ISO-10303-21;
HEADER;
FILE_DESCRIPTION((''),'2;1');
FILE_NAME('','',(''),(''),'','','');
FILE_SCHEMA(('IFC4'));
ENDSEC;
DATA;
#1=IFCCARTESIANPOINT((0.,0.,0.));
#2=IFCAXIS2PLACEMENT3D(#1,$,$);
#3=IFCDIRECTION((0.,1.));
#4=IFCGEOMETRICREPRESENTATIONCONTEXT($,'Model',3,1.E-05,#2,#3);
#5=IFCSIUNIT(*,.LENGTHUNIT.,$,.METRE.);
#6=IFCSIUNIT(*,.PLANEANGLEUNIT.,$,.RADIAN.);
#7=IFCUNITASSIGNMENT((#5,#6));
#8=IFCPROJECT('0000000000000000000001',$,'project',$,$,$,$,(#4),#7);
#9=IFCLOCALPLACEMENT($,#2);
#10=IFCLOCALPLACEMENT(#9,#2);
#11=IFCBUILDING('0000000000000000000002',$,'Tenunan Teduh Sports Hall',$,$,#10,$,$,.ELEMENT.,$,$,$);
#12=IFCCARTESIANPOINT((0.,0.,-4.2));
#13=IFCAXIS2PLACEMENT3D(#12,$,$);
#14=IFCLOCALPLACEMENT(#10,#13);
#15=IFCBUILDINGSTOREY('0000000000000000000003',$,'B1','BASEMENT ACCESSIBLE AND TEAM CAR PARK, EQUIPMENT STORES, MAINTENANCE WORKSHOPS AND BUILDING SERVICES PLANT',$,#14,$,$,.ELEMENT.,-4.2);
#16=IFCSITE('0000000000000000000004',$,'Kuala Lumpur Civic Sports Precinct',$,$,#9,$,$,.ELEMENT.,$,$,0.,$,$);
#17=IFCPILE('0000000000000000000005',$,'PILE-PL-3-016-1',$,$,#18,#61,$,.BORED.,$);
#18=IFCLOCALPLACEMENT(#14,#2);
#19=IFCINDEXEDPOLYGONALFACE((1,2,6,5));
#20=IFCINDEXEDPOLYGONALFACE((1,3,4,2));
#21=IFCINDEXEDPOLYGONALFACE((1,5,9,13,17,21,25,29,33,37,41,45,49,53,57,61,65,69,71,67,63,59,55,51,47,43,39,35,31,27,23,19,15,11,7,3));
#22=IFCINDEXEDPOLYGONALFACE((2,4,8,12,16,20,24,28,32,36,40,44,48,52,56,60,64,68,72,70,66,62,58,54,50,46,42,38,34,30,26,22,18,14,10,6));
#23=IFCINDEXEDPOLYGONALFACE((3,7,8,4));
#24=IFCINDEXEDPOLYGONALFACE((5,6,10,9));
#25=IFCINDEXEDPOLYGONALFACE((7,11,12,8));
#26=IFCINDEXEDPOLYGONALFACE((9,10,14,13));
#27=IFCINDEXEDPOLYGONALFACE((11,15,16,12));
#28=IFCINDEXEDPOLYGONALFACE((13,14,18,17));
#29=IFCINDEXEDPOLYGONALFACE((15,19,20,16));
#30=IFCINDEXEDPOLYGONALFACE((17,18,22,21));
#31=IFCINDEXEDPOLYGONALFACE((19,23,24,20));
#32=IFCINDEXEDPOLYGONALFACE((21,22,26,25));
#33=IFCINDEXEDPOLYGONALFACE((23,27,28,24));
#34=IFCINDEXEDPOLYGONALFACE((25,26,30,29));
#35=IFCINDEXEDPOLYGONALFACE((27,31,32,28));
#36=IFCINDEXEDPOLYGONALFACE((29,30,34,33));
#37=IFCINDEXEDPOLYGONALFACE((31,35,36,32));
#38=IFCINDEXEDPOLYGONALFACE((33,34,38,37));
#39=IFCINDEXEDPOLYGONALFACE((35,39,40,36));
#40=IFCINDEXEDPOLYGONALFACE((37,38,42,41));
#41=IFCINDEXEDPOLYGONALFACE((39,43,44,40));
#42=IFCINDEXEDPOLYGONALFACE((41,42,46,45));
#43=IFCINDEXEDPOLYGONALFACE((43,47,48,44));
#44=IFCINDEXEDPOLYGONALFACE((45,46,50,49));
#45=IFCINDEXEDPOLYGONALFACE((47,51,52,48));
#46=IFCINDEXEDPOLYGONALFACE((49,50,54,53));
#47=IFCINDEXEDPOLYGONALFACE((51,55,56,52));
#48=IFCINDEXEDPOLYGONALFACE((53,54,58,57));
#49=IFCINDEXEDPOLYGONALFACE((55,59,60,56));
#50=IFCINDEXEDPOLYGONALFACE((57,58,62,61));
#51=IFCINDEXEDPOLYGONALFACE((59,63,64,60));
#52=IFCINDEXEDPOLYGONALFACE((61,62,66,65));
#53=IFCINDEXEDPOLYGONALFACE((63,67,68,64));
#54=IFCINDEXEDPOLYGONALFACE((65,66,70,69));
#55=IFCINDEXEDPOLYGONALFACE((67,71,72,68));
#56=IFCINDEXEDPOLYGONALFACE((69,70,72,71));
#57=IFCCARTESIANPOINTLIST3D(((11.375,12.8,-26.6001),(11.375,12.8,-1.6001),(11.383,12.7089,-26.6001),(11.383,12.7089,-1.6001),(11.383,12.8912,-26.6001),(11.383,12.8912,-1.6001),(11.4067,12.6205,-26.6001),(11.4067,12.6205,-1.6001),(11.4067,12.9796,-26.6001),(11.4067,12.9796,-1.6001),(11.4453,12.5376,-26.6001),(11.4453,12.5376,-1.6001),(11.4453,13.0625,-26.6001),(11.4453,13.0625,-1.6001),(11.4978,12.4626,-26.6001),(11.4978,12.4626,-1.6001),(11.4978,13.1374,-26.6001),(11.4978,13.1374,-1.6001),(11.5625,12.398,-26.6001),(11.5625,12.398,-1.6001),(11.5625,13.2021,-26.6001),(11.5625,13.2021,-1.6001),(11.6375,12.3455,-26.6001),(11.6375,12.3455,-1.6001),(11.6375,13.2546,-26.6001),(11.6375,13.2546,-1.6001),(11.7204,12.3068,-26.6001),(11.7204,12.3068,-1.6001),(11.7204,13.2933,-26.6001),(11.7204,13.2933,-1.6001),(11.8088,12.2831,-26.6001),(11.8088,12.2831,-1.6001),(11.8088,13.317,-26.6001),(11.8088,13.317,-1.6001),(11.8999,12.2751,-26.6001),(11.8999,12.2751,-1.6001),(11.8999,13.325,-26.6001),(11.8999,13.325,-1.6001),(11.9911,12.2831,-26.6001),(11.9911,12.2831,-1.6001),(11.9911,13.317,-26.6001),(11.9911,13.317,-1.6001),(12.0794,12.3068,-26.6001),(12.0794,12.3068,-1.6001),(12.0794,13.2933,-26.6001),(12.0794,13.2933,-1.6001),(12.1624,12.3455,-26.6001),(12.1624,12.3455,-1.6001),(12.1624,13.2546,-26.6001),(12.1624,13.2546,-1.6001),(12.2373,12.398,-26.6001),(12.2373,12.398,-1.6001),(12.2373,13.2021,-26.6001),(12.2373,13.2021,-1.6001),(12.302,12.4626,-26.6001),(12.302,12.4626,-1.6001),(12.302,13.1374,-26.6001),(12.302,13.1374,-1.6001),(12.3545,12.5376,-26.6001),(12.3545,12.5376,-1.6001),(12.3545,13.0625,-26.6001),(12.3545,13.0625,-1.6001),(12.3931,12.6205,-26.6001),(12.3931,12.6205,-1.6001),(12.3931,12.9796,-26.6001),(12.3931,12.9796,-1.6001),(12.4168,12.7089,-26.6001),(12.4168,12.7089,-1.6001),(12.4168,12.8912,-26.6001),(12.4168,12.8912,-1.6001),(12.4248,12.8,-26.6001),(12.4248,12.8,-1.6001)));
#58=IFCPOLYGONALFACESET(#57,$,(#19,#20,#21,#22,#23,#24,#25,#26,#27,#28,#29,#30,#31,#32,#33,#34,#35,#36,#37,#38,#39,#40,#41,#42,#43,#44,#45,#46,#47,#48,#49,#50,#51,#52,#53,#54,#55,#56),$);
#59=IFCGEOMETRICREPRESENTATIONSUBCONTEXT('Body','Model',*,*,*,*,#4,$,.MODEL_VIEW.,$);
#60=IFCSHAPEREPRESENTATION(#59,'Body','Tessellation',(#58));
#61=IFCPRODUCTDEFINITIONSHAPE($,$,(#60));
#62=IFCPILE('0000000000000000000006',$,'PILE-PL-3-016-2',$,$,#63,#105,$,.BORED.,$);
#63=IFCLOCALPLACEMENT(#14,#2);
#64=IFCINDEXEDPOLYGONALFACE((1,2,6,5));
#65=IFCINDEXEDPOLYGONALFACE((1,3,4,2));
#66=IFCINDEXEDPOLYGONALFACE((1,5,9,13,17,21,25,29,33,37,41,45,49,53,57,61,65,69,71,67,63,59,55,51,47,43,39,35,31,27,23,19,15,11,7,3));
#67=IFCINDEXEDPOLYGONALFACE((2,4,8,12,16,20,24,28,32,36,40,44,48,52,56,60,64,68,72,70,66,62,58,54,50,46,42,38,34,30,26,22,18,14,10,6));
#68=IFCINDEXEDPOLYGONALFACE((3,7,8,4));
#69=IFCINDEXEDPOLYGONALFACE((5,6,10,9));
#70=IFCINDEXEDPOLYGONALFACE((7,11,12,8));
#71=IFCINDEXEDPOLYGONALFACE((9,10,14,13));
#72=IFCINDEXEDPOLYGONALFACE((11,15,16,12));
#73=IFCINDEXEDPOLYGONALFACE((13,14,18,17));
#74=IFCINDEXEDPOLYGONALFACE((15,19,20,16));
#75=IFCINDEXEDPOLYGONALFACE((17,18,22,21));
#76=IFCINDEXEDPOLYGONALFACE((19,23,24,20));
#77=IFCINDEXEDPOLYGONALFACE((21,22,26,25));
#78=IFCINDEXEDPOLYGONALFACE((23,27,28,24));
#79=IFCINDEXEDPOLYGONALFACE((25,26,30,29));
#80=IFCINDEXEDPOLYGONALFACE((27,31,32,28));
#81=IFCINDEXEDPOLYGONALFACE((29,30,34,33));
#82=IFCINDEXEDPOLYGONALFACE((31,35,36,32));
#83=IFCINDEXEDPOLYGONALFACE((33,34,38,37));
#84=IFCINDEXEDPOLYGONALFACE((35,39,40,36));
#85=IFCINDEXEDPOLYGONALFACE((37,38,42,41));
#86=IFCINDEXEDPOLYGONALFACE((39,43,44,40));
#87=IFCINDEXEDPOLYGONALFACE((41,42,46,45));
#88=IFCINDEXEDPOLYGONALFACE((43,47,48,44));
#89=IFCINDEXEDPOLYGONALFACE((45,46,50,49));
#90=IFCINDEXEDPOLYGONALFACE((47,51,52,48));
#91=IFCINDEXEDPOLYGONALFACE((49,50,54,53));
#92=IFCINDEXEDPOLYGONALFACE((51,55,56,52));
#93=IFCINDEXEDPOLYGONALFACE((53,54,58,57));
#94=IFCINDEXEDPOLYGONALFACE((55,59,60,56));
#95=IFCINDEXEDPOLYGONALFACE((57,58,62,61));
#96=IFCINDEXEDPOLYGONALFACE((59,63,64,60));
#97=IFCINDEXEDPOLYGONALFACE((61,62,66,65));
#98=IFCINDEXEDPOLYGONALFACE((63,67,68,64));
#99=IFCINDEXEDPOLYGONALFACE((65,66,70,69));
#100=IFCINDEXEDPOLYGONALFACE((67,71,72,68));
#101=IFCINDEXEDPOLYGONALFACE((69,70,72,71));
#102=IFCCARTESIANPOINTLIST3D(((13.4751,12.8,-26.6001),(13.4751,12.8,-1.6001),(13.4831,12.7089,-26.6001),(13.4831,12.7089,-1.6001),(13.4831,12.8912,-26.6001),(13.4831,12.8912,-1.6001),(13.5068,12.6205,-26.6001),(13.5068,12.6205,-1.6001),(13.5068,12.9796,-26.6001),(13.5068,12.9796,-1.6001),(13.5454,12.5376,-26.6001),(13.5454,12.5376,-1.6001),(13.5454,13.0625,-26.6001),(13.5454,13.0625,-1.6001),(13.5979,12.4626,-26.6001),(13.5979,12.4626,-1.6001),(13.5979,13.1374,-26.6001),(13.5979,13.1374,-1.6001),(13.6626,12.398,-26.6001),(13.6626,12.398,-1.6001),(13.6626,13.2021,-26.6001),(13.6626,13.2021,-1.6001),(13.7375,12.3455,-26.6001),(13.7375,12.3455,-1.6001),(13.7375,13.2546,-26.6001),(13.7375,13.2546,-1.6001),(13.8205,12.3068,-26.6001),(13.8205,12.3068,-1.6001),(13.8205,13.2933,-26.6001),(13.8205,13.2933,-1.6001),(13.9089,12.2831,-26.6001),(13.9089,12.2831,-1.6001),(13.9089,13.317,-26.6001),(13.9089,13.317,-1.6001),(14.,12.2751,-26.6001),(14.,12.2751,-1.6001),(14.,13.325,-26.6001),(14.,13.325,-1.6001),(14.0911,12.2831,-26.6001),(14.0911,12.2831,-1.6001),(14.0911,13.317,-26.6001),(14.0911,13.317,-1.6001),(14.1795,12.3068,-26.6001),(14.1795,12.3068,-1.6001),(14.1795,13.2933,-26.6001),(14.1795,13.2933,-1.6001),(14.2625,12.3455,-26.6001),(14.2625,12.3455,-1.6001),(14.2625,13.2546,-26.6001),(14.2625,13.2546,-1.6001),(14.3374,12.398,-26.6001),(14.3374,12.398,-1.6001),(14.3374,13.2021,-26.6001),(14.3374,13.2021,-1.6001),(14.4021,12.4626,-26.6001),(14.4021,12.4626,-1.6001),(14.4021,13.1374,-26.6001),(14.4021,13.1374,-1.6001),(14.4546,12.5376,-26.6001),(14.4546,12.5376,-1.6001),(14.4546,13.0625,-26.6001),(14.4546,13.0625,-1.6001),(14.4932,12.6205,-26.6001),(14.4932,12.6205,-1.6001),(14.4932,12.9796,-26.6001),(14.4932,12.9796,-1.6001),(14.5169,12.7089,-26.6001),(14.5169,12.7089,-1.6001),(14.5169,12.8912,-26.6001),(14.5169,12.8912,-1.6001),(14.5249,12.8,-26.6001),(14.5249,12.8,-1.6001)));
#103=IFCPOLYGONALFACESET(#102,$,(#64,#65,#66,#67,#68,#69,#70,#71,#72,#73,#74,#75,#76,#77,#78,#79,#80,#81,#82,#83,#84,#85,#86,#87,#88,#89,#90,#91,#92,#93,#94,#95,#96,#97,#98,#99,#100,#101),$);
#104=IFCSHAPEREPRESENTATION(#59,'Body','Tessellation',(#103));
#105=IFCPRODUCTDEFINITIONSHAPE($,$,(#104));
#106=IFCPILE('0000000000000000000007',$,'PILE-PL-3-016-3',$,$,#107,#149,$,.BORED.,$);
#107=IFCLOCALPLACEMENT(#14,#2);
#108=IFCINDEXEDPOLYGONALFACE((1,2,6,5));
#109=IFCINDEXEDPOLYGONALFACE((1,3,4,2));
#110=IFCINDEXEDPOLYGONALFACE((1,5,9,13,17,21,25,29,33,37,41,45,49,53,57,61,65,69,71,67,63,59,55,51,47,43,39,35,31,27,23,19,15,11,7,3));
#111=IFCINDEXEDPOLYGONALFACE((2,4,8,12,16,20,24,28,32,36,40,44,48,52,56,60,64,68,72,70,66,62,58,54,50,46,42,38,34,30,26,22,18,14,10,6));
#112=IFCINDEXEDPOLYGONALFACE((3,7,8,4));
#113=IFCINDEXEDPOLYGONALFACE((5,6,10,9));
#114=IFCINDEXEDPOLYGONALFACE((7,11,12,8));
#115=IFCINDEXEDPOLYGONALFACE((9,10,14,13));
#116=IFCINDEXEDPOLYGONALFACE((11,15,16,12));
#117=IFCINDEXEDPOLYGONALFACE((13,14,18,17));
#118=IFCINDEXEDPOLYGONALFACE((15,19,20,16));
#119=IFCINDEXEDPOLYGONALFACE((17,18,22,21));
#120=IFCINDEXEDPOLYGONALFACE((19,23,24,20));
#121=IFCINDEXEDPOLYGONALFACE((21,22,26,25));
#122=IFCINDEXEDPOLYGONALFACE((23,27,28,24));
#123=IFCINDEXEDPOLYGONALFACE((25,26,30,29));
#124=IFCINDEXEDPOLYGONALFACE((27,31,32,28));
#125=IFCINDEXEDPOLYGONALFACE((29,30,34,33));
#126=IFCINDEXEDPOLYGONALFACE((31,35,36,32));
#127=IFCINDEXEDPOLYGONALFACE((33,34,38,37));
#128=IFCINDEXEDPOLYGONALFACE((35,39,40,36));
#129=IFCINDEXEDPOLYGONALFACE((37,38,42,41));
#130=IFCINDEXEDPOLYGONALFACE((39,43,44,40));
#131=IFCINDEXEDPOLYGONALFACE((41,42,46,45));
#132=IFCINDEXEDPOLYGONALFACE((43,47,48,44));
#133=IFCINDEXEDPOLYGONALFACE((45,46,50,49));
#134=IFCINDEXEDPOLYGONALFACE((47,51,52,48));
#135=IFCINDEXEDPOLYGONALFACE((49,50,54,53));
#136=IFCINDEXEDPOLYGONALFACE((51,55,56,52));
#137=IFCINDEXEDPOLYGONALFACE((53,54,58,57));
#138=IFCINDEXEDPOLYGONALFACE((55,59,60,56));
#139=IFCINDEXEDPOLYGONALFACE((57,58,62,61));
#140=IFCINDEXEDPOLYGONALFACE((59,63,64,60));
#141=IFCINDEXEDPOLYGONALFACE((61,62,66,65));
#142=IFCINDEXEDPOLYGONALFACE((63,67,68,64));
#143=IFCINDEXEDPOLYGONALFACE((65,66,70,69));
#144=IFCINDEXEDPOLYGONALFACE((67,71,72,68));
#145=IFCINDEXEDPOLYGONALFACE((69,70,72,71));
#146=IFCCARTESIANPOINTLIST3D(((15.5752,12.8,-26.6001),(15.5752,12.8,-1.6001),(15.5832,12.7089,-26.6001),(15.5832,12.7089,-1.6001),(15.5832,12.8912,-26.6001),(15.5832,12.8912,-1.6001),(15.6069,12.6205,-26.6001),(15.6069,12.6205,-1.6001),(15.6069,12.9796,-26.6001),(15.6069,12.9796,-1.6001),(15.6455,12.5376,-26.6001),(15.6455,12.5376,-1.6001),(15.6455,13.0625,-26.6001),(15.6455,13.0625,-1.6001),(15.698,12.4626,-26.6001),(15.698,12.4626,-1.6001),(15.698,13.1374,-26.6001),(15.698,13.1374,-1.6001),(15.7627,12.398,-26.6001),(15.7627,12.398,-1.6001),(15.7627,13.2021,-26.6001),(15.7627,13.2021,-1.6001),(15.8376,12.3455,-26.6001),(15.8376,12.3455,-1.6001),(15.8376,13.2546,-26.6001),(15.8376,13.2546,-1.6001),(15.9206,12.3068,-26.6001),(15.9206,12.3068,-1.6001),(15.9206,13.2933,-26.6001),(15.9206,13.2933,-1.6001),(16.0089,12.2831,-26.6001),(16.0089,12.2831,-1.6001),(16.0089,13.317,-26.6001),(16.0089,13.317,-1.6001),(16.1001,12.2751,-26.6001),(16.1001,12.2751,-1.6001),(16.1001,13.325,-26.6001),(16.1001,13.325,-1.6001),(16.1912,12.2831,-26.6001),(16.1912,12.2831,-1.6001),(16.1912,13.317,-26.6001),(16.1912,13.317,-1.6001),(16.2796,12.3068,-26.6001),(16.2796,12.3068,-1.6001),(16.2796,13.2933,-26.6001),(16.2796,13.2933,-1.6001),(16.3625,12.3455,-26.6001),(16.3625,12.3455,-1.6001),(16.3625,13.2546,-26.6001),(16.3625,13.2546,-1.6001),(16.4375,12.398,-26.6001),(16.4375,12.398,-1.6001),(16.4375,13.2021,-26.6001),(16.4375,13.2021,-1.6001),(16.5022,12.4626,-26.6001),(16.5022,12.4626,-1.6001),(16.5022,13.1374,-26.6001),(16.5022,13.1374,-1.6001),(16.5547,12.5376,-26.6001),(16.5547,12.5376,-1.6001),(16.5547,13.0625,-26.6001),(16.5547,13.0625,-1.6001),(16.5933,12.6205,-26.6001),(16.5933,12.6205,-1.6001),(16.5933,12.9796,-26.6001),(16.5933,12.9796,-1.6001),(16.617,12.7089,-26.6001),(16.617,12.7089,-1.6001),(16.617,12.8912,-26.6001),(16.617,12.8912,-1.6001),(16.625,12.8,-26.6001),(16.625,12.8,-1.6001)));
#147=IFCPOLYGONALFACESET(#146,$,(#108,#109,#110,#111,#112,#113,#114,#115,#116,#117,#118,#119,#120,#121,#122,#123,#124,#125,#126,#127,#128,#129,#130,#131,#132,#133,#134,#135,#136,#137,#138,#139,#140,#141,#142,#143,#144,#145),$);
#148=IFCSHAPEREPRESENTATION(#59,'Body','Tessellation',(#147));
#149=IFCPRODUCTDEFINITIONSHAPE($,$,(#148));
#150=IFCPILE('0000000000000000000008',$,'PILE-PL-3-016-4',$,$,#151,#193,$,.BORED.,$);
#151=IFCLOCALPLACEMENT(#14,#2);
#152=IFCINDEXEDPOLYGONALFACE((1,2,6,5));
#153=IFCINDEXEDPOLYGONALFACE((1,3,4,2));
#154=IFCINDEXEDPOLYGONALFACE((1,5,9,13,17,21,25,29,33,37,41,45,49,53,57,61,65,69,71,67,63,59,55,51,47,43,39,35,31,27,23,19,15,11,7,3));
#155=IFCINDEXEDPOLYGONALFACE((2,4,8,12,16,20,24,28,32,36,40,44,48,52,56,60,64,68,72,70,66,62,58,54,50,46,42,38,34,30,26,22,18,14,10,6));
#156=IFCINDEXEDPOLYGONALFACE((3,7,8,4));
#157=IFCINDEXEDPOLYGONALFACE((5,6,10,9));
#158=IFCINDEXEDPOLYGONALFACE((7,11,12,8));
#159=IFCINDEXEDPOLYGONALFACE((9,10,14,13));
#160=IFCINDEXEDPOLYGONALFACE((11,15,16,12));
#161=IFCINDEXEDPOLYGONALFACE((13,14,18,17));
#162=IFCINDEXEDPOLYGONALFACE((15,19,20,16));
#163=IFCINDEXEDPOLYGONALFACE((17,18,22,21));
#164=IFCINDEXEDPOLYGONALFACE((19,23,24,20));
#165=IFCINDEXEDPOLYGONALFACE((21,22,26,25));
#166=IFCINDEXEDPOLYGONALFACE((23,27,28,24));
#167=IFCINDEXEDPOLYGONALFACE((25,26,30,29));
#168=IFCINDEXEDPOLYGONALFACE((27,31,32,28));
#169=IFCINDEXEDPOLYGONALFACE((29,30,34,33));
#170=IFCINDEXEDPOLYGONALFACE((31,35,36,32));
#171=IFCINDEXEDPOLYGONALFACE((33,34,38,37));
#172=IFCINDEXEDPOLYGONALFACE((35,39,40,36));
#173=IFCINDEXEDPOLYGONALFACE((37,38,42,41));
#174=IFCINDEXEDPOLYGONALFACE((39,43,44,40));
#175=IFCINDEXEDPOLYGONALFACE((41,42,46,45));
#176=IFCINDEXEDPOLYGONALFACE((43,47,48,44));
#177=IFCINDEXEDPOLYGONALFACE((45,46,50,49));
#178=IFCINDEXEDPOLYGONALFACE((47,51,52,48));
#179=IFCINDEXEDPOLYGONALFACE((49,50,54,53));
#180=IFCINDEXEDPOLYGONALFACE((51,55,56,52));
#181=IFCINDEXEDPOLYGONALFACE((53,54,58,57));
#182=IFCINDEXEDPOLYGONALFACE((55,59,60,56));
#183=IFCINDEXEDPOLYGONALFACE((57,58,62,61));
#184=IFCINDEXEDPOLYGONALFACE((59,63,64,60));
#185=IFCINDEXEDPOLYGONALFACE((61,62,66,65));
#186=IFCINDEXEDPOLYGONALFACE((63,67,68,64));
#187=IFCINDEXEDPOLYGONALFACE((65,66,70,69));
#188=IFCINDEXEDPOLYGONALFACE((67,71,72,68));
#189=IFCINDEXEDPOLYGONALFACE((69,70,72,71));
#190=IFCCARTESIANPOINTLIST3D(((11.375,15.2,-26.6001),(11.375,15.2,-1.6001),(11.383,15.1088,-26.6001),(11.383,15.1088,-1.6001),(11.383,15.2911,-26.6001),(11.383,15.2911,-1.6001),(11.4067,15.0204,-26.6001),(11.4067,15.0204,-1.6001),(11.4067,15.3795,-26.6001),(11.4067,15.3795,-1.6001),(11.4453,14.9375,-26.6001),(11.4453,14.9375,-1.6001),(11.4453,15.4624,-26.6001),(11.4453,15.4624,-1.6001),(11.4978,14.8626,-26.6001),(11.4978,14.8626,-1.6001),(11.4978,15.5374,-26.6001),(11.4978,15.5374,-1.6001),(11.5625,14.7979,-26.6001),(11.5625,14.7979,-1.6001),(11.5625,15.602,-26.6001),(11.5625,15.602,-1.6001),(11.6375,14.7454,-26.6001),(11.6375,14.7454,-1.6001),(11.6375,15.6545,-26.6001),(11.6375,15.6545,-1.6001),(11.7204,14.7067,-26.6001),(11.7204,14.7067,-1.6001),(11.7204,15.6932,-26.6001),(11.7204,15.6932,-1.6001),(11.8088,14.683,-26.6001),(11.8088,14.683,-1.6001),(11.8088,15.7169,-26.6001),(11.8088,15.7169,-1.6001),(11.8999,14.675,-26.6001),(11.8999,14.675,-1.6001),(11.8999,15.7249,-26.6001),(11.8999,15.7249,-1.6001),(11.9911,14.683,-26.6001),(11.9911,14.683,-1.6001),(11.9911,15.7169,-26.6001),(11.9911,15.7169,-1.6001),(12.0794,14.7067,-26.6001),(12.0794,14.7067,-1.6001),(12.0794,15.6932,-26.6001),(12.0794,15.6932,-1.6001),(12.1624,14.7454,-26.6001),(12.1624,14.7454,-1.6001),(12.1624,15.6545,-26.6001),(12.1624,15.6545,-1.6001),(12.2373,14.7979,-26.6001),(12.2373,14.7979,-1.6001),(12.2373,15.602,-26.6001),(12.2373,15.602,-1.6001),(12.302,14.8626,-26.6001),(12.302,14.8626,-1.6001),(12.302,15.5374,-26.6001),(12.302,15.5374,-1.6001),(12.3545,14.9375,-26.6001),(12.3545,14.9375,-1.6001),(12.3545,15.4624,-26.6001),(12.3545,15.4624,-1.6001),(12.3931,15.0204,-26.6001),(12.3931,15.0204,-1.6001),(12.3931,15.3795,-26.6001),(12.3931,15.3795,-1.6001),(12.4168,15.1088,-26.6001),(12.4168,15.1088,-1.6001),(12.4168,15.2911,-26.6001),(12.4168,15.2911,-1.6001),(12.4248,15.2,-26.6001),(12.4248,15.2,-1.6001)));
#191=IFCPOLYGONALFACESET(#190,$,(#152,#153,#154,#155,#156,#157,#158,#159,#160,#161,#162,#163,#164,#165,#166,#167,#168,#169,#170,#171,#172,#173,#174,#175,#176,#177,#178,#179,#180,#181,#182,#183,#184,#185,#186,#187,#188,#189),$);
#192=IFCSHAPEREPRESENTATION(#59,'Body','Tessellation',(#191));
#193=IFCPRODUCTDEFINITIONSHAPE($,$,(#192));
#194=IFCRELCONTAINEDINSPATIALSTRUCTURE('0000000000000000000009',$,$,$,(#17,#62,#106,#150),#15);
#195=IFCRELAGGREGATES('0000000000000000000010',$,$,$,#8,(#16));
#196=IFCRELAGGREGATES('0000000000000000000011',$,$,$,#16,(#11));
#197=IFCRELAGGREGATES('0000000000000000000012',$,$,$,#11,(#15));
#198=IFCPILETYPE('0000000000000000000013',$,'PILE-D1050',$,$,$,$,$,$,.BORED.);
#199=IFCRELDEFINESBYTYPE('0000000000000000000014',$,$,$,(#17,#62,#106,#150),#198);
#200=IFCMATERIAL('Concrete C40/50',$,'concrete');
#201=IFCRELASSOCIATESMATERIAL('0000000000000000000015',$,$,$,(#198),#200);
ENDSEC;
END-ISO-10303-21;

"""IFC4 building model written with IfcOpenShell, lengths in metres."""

from ifc_helpers import new_model, si_unit, direction, frame, origin, origin_2d, place, context, subcontext, project, spatial, circle, extrude, material, material_profile, profile_set, type_object, element, save


model = new_model("IFC4")

# Units and contexts
model_context = context("Model", 3, precision=1e-05, world=origin(), true_north=direction((0.0, 1.0)))
body_context = subcontext(model_context, "Body", "Model", "MODEL_VIEW")
ifc_project = project(units=[si_unit("LENGTHUNIT", "METRE"), si_unit("PLANEANGLEUNIT", "RADIAN")], contexts=[model_context])

# Site, building, storey
site_placement = place(None, origin())
site = spatial("IfcSite", under=ifc_project, at=site_placement, Name="Kuala Lumpur Civic Sports Precinct", CompositionType="ELEMENT", RefElevation=0.0)
building_placement = place(site_placement, origin())
building = spatial("IfcBuilding", under=site, at=building_placement, Name="Tenunan Teduh Sports Hall", CompositionType="ELEMENT")
storey_placement = place(building_placement, frame((0.0, 0.0, -4.2)))
storey = spatial("IfcBuildingStorey", under=building, at=storey_placement, Name="B1", Description="BASEMENT ACCESSIBLE AND TEAM CAR PARK, EQUIPMENT STORES, MAINTENANCE WORKSHOPS AND BUILDING SERVICES PLANT", CompositionType="ELEMENT", Elevation=-4.2)

# Piles
ifc_material_1 = material(Name="Concrete C40/50", Category="concrete")
ifc_material_profile_1 = material_profile(ifc_material_1, circle(Radius=0.5249, at=origin_2d()), Name="PILE D1050")
ifc_profile_set_1 = profile_set([ifc_material_profile_1], Name="Concrete C40/50")
pile_type_1 = type_object("IfcPileType", Name="PILE-D1050", PredefinedType="BORED", material=ifc_profile_set_1)
for number, where, z_axis, x_axis, name in (
    (1, (11.8999, 12.8, -1.6001), (0.0, 0.0, -1.0), (1.0, 0.0, 0.0), "PILE-PL-3-016-1"),
    (2, (14.0, 12.8, -1.6001), (0.0, 0.0, -1.0), (1.0, 0.0, 0.0), "PILE-PL-3-016-2"),
    (3, (16.1001, 12.8, -1.6001), (0.0, 0.0, -1.0), (1.0, 0.0, 0.0), "PILE-PL-3-016-3"),
    (4, (11.8999, 15.2, -1.6001), (0.0, 0.0, -1.0), (1.0, 0.0, 0.0), "PILE-PL-3-016-4"),
):
    element("IfcPile", number, at=place(storey_placement, frame(where, z_axis=z_axis, x_axis=x_axis)), inside=storey, type_object=pile_type_1, Name=name, PredefinedType="BORED", context=body_context, shape_type="SweptSolid", body=[
        extrude(circle(Radius=0.5249, at=origin_2d()), origin(), (0.0, 0.0, 1.0), 25.0),
    ])

save(model, "model.ifc")
